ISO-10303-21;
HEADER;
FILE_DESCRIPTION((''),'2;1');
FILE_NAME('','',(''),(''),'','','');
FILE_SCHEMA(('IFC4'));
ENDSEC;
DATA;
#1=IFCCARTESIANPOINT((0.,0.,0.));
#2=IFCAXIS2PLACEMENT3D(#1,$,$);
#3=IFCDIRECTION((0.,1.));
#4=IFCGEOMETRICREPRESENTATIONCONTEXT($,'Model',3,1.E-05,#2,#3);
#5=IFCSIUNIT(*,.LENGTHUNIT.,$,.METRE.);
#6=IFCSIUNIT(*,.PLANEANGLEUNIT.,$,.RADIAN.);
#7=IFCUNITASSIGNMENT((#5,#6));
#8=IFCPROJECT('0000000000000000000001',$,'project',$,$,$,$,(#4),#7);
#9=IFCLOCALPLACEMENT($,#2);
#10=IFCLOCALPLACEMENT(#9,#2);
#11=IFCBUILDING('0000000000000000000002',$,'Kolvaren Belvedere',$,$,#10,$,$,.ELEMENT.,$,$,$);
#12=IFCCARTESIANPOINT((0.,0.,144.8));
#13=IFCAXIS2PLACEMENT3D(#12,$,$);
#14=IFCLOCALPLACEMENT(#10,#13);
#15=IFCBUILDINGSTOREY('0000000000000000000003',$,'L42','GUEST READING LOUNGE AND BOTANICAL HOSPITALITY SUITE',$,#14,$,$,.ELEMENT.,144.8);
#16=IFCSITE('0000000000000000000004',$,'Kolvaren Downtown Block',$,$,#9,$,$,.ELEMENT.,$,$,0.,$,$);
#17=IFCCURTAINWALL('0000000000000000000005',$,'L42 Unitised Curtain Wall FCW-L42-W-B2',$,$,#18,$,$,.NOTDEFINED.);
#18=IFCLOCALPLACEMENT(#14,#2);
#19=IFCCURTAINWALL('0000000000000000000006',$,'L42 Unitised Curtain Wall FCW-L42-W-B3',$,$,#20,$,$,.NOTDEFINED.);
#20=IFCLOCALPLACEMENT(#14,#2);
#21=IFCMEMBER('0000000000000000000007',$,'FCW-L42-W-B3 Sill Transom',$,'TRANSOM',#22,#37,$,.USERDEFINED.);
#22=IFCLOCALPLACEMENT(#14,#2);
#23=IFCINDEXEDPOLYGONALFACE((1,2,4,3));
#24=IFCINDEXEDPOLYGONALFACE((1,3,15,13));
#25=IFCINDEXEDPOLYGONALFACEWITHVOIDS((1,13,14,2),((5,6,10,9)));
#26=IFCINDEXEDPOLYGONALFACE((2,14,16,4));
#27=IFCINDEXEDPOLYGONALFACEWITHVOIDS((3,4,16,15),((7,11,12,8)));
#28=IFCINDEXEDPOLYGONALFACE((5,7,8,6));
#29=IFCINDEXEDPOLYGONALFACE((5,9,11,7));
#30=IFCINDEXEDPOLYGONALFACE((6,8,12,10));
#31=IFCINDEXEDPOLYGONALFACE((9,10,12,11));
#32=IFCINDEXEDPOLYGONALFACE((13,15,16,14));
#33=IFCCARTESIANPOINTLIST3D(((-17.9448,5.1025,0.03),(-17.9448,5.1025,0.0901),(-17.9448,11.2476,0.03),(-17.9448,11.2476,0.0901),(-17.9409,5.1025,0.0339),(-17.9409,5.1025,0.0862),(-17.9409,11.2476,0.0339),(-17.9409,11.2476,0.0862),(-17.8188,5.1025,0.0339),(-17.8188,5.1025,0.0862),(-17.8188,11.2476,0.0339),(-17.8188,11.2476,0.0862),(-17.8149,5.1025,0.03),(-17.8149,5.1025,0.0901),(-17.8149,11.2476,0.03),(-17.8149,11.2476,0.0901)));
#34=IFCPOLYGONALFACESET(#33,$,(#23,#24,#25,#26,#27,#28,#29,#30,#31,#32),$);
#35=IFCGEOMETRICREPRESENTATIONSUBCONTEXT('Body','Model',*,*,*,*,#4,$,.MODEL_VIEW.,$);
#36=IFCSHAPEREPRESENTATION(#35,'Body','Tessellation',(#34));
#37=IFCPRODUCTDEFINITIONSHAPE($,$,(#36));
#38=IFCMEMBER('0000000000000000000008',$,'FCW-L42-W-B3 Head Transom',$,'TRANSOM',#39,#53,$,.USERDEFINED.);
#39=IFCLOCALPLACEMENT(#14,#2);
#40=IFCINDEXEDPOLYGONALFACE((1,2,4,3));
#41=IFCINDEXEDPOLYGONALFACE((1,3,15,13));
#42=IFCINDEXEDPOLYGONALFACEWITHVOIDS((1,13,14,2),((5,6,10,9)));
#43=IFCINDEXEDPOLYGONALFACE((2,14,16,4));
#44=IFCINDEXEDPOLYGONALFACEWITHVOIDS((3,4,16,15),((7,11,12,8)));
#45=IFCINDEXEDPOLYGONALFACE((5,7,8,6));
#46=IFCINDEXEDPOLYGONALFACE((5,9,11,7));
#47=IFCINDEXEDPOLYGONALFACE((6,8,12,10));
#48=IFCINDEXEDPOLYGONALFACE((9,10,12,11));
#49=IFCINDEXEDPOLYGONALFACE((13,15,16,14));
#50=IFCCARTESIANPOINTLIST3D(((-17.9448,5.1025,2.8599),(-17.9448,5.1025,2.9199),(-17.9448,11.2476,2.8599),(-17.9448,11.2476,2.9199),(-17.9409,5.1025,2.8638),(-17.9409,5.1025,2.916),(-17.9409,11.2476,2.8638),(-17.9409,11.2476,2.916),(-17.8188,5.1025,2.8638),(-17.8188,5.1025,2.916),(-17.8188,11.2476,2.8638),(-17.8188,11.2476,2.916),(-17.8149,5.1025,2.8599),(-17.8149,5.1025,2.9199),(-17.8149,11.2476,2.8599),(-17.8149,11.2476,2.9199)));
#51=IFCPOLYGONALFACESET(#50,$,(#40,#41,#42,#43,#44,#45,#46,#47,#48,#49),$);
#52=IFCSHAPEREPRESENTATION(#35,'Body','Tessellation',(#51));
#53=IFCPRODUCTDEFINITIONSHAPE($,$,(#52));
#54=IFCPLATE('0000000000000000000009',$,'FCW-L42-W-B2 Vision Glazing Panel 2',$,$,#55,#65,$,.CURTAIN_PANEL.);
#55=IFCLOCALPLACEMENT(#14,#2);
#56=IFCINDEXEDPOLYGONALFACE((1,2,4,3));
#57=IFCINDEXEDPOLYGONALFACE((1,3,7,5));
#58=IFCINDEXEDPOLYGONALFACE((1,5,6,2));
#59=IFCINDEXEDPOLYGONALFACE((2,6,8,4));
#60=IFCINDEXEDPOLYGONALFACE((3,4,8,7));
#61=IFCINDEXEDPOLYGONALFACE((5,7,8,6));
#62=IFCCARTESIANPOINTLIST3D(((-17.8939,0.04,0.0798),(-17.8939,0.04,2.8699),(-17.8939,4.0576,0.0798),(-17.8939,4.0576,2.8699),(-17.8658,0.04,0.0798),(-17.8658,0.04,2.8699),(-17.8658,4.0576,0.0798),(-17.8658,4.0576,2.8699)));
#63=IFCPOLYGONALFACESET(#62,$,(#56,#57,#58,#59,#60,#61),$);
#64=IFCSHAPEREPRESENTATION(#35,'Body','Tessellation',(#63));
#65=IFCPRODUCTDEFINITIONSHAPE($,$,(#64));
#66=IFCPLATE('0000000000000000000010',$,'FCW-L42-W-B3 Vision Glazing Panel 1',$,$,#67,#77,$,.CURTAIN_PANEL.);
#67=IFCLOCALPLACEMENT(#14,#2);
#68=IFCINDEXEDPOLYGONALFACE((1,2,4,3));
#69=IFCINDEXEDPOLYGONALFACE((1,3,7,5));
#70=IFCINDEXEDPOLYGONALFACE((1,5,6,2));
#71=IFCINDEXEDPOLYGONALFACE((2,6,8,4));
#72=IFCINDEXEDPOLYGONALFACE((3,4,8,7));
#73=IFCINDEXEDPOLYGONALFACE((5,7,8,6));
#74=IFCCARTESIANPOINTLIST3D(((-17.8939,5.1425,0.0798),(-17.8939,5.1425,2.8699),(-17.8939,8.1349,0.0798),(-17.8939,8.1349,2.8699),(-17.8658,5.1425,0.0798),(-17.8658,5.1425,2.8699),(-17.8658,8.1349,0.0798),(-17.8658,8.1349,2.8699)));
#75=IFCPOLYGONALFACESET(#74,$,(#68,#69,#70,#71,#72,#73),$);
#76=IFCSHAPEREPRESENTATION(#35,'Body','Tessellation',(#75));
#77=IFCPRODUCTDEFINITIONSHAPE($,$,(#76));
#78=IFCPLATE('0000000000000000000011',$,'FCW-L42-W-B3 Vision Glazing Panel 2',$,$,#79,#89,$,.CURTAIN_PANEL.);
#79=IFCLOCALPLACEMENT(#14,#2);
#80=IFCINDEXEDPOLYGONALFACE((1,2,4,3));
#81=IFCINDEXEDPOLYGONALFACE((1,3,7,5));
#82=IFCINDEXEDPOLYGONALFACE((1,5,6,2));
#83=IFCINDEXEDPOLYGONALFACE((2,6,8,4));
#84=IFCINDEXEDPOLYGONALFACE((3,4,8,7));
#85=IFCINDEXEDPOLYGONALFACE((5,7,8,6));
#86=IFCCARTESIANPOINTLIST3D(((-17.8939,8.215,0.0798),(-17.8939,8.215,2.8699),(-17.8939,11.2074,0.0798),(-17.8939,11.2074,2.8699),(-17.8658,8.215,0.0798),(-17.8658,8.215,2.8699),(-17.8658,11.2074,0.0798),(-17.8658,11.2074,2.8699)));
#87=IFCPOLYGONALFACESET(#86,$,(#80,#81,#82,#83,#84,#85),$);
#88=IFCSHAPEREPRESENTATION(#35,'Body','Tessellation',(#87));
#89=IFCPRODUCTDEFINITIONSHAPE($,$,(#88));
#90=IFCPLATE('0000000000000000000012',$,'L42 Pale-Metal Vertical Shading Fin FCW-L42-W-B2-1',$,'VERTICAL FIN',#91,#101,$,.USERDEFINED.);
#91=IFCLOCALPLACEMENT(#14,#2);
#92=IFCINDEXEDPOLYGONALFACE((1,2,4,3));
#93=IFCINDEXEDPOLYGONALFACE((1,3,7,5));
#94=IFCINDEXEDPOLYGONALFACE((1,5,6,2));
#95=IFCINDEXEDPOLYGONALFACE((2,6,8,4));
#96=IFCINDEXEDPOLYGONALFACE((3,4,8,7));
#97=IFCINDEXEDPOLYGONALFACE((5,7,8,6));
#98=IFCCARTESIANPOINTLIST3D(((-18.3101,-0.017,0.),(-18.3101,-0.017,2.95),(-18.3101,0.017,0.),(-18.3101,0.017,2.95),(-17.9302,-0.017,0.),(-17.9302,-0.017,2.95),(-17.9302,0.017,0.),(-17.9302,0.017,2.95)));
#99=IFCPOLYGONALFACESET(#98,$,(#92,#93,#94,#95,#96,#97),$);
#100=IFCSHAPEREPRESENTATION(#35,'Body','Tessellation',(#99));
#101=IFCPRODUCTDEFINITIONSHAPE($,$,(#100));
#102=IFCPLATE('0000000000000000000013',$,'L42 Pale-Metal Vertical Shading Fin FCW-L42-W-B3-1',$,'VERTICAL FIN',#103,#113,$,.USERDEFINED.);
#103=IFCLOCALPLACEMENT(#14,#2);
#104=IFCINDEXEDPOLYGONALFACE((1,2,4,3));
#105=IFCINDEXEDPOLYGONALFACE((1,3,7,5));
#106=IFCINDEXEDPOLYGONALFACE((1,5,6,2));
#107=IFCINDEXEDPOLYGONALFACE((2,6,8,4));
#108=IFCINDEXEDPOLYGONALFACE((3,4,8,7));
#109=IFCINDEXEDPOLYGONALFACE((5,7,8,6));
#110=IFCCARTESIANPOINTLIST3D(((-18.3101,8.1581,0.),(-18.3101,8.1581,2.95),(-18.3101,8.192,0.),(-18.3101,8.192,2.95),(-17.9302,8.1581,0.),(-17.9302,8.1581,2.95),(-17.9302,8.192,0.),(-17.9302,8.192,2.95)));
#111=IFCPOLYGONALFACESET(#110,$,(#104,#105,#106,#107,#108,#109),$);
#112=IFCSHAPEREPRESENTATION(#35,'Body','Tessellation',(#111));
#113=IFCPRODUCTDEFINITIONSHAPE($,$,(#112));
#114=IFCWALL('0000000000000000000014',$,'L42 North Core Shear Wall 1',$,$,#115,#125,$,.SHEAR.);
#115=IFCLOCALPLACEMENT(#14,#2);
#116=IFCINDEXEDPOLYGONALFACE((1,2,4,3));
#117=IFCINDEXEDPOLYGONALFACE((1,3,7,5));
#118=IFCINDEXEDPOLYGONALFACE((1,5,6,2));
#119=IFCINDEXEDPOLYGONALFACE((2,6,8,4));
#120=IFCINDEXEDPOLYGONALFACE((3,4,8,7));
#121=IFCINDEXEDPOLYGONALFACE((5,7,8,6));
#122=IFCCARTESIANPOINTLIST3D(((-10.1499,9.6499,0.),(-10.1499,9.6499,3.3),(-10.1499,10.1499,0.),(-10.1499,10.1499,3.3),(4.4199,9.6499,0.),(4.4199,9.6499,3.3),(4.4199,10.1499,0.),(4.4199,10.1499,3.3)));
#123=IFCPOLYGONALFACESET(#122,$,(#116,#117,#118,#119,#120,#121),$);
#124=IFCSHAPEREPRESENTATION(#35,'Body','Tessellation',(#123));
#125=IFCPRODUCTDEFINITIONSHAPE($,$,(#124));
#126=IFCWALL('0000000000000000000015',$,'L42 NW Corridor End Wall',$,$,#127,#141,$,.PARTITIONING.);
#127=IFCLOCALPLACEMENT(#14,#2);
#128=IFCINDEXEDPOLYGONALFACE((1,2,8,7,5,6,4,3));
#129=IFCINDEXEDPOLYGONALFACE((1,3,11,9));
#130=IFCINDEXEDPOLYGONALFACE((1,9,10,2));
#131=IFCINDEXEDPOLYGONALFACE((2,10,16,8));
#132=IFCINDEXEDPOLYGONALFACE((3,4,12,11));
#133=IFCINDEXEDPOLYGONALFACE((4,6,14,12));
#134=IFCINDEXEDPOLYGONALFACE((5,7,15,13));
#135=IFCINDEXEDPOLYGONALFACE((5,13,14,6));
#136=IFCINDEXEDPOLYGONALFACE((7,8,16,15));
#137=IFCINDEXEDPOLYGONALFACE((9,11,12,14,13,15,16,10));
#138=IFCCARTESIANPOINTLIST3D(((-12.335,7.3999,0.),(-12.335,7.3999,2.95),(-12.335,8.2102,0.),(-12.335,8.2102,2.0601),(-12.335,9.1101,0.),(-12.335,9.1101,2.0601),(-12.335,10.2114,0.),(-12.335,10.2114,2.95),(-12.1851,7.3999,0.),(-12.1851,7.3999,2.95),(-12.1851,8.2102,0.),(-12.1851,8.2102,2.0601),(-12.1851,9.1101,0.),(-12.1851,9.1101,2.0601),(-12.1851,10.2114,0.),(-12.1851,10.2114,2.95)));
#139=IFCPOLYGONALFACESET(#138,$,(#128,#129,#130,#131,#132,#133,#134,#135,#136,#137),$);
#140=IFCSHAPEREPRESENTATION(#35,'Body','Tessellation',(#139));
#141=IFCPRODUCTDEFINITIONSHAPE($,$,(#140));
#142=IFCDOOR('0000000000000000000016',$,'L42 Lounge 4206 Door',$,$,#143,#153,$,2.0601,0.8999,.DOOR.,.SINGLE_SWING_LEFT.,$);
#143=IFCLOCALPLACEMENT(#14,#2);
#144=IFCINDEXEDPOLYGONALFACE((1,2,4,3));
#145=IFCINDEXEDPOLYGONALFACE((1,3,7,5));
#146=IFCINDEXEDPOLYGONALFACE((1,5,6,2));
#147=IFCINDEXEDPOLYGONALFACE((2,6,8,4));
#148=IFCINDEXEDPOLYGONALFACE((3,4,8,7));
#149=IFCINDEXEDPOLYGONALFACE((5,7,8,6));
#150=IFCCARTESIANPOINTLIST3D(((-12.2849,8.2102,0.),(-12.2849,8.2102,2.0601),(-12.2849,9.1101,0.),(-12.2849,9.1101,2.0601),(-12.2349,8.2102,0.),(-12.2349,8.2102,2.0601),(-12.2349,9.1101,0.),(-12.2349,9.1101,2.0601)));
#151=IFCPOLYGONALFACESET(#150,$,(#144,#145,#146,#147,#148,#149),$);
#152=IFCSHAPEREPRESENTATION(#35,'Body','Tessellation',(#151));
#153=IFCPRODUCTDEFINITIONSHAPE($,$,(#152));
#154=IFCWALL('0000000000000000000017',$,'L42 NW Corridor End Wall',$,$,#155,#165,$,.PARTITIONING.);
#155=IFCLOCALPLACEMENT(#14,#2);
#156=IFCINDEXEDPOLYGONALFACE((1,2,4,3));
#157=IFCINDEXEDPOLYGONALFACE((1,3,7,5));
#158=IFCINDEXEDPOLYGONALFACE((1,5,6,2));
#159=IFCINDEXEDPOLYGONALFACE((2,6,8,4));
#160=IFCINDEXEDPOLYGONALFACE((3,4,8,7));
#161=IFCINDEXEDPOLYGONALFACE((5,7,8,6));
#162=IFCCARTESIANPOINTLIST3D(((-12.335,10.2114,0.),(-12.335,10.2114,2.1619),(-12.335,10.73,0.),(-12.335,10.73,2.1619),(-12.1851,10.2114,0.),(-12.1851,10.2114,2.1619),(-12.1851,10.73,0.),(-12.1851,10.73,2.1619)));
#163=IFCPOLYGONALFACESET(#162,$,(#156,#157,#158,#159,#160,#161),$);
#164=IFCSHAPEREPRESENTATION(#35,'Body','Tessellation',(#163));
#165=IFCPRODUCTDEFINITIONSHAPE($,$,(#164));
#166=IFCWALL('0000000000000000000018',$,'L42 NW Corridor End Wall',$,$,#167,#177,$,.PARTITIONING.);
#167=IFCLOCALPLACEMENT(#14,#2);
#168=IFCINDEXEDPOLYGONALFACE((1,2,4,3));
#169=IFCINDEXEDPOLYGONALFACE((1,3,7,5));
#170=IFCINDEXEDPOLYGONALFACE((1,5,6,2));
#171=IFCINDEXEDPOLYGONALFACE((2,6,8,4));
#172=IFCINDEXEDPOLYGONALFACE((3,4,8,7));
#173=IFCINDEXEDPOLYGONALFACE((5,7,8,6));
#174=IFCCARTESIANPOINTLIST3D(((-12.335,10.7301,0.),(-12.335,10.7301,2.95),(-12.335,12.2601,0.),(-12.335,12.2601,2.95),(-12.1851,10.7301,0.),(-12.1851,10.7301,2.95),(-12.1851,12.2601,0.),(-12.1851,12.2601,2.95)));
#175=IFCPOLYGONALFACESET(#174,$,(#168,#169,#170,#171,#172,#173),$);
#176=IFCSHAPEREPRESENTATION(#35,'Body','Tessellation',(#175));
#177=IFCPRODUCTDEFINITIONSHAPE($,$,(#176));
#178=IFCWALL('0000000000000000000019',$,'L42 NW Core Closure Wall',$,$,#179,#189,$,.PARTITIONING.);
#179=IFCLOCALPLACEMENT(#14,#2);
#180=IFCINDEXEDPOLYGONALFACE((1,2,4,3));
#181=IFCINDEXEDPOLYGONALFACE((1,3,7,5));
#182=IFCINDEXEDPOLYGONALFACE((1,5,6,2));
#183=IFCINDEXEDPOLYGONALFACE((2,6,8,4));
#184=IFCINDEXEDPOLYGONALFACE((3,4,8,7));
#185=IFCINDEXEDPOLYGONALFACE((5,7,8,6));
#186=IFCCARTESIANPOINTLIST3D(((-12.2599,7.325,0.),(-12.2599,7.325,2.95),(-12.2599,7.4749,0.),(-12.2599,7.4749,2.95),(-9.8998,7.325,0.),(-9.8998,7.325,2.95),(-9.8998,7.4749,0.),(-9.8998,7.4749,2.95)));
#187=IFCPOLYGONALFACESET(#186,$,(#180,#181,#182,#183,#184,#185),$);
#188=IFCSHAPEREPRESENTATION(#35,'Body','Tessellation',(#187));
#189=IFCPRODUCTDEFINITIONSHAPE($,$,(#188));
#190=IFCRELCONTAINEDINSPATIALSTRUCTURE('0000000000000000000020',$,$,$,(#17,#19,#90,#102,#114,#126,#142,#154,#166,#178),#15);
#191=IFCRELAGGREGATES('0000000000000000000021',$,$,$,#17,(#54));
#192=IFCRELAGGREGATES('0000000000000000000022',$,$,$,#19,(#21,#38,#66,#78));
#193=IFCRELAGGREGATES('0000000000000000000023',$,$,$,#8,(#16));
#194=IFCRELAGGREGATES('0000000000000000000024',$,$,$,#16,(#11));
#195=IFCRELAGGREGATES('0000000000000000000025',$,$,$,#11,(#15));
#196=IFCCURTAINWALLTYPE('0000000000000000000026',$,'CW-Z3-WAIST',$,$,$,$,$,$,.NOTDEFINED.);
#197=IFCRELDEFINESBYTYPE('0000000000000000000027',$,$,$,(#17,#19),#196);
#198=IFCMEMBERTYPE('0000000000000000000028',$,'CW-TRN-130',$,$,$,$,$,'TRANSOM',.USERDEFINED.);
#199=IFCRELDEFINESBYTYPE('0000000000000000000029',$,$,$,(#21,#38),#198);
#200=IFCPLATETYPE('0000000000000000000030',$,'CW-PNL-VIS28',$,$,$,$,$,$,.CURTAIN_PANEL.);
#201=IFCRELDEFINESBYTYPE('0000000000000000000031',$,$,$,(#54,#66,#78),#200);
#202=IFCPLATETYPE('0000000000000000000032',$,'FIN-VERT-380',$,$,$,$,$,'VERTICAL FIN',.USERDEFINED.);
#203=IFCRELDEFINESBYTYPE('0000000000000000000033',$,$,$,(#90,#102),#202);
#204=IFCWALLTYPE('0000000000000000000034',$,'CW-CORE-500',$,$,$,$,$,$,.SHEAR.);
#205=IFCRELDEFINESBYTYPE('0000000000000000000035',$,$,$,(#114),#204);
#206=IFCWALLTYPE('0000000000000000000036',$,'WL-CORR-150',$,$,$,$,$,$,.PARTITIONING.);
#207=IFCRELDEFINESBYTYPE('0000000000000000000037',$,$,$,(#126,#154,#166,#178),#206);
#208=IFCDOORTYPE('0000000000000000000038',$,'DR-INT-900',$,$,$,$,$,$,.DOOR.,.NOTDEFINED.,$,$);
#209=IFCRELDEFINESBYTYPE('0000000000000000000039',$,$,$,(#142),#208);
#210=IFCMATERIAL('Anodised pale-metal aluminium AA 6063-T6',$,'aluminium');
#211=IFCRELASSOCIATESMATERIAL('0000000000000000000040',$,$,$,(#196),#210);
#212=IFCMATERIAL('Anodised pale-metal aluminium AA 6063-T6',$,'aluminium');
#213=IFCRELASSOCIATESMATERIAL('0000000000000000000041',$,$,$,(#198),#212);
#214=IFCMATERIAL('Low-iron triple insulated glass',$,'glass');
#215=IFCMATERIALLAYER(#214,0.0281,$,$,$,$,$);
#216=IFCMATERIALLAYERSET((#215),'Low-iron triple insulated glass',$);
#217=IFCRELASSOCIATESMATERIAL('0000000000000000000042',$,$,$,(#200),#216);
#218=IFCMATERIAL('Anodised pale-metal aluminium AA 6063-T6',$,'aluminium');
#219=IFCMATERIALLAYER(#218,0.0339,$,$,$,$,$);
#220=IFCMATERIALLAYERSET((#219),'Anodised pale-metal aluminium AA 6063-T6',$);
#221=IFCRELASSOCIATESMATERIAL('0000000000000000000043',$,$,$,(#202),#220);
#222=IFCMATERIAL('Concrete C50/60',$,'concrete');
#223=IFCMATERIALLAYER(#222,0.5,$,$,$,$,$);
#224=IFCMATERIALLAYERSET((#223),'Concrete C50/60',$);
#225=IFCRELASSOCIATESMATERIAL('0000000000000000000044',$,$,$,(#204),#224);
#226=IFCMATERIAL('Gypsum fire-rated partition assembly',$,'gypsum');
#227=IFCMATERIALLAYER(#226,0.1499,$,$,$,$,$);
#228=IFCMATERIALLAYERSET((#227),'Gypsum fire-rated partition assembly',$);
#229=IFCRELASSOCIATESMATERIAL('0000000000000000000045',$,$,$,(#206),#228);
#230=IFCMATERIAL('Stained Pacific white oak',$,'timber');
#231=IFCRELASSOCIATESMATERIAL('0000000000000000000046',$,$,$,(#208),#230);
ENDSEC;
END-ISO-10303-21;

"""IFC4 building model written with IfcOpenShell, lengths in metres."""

from ifc_helpers import new_model, si_unit, direction, frame, frame_2d, origin, origin_2d, place, context, subcontext, project, spatial, rectangle, hollow_rectangle, extrude, material, layer, layer_set, material_profile, profile_set, type_object, element, fill, aggregate, save


model = new_model("IFC4")

# Units and contexts
model_context = context("Model", 3, precision=1e-05, world=origin(), true_north=direction((0.0, 1.0)))
body_context = subcontext(model_context, "Body", "Model", "MODEL_VIEW")
ifc_project = project(units=[si_unit("LENGTHUNIT", "METRE"), si_unit("PLANEANGLEUNIT", "RADIAN")], contexts=[model_context])

# Site, building, storey
site_placement = place(None, origin())
site = spatial("IfcSite", under=ifc_project, at=site_placement, Name="Kolvaren Downtown Block", CompositionType="ELEMENT", RefElevation=0.0)
building_placement = place(site_placement, origin())
building = spatial("IfcBuilding", under=site, at=building_placement, Name="Kolvaren Belvedere", CompositionType="ELEMENT")
storey_placement = place(building_placement, frame((0.0, 0.0, 144.8)))
storey = spatial("IfcBuildingStorey", under=building, at=storey_placement, Name="L42", Description="GUEST READING LOUNGE AND BOTANICAL HOSPITALITY SUITE", CompositionType="ELEMENT", Elevation=144.8)

# Curtain walls, members
ifc_material_1 = material(Name="Anodised pale-metal aluminium AA 6063-T6", Category="aluminium")
curtain_wall_type = type_object("IfcCurtainWallType", Name="CW-Z3-WAIST", PredefinedType="NOTDEFINED", material=ifc_material_1)
curtain_wall_1_placement = place(storey_placement, origin())
curtain_wall_1 = element("IfcCurtainWall", 1, at=curtain_wall_1_placement, inside=storey, type_object=curtain_wall_type, Name="L42 Unitised Curtain Wall FCW-L42-W-B2", PredefinedType="NOTDEFINED")
curtain_wall_2_placement = place(storey_placement, origin())
curtain_wall_2 = element("IfcCurtainWall", 2, at=curtain_wall_2_placement, inside=storey, type_object=curtain_wall_type, Name="L42 Unitised Curtain Wall FCW-L42-W-B3", PredefinedType="NOTDEFINED")
ifc_material_2 = material(Name="Anodised pale-metal aluminium AA 6063-T6", Category="aluminium")
ifc_material_profile_1 = material_profile(ifc_material_2, hollow_rectangle(XDim=0.0601, YDim=0.1299, WallThickness=0.0039, at=origin_2d()), Name="ALU-TRN-130X60")
ifc_profile_set_1 = profile_set([ifc_material_profile_1], Name="Anodised pale-metal aluminium AA 6063-T6")
member_type_1 = type_object("IfcMemberType", Name="CW-TRN-130", ElementType="TRANSOM", PredefinedType="USERDEFINED", material=ifc_profile_set_1)
member_1_placement = place(storey_placement, frame((-17.8799, 5.1025, 0.0601), z_axis=(0.0, 1.0, 0.0), x_axis=(0.0, 0.0, 1.0)))
member_1 = element("IfcMember", 3, at=member_1_placement, type_object=member_type_1, Name="FCW-L42-W-B3 Sill Transom", ObjectType="TRANSOM", PredefinedType="USERDEFINED", context=body_context, shape_type="SweptSolid", body=[
    extrude(hollow_rectangle(XDim=0.0601, YDim=0.1299, WallThickness=0.0039, at=origin_2d()), origin(), (0.0, 0.0, 1.0), 6.145),
])
member_2_placement = place(storey_placement, frame((-17.8799, 5.1025, 2.8899), z_axis=(0.0, 1.0, 0.0), x_axis=(0.0, 0.0, 1.0)))
member_2 = element("IfcMember", 4, at=member_2_placement, type_object=member_type_1, Name="FCW-L42-W-B3 Head Transom", ObjectType="TRANSOM", PredefinedType="USERDEFINED", context=body_context, shape_type="SweptSolid", body=[
    extrude(hollow_rectangle(XDim=0.0601, YDim=0.1299, WallThickness=0.0039, at=origin_2d()), origin(), (0.0, 0.0, 1.0), 6.145),
])

# Plates
ifc_material_3 = material(Name="Low-iron triple insulated glass", Category="glass")
ifc_layer_1 = layer(ifc_material_3, 0.0281)
ifc_layer_set_1 = layer_set([ifc_layer_1], Name="Low-iron triple insulated glass")
plate_type_1 = type_object("IfcPlateType", Name="CW-PNL-VIS28", PredefinedType="CURTAIN_PANEL", material=ifc_layer_set_1)
plate_1_placement = place(storey_placement, frame((-17.8799, 2.0488, 0.0798), z_axis=(0.0, 0.0, 1.0), x_axis=(0.0, 1.0, 0.0)))
plate_1 = element("IfcPlate", 5, at=plate_1_placement, type_object=plate_type_1, Name="FCW-L42-W-B2 Vision Glazing Panel 2", PredefinedType="CURTAIN_PANEL", context=body_context, shape_type="SweptSolid", body=[
    extrude(rectangle(XDim=4.0176, YDim=0.0281, at=origin_2d()), origin(), (0.0, 0.0, 1.0), 2.79),
])
aggregate(curtain_wall_1, [plate_1])
plate_2_placement = place(storey_placement, frame((-17.8799, 6.6387, 0.0798), z_axis=(0.0, 0.0, 1.0), x_axis=(0.0, 1.0, 0.0)))
plate_2 = element("IfcPlate", 6, at=plate_2_placement, type_object=plate_type_1, Name="FCW-L42-W-B3 Vision Glazing Panel 1", PredefinedType="CURTAIN_PANEL", context=body_context, shape_type="SweptSolid", body=[
    extrude(rectangle(XDim=2.9924, YDim=0.0281, at=origin_2d()), origin(), (0.0, 0.0, 1.0), 2.79),
])
plate_3_placement = place(storey_placement, frame((-17.8799, 9.7112, 0.0798), z_axis=(0.0, 0.0, 1.0), x_axis=(0.0, 1.0, 0.0)))
plate_3 = element("IfcPlate", 7, at=plate_3_placement, type_object=plate_type_1, Name="FCW-L42-W-B3 Vision Glazing Panel 2", PredefinedType="CURTAIN_PANEL", context=body_context, shape_type="SweptSolid", body=[
    extrude(rectangle(XDim=2.9924, YDim=0.0281, at=origin_2d()), origin(), (0.0, 0.0, 1.0), 2.79),
])
aggregate(curtain_wall_2, [member_1, member_2, plate_2, plate_3])

# Plates
ifc_material_4 = material(Name="Anodised pale-metal aluminium AA 6063-T6", Category="aluminium")
ifc_layer_2 = layer(ifc_material_4, 0.0339)
ifc_layer_set_2 = layer_set([ifc_layer_2], Name="Anodised pale-metal aluminium AA 6063-T6")
plate_type_2 = type_object("IfcPlateType", Name="FIN-VERT-380", ElementType="VERTICAL FIN", PredefinedType="USERDEFINED", material=ifc_layer_set_2)
for number, where, z_axis, x_axis, name in (
    (8, (-18.1201, 0.0, 0.0), (0.0, 0.0, 1.0), (1.0, 0.0, 0.0), "L42 Pale-Metal Vertical Shading Fin FCW-L42-W-B2-1"),
    (9, (-18.1201, 8.175, 0.0), (0.0, 0.0, 1.0), (1.0, 0.0, 0.0), "L42 Pale-Metal Vertical Shading Fin FCW-L42-W-B3-1"),
):
    element("IfcPlate", number, at=place(storey_placement, frame(where, z_axis=z_axis, x_axis=x_axis)), inside=storey, type_object=plate_type_2, Name=name, ObjectType="VERTICAL FIN", PredefinedType="USERDEFINED", context=body_context, shape_type="SweptSolid", body=[
        extrude(rectangle(XDim=0.3799, YDim=0.0339, at=origin_2d()), origin(), (0.0, 0.0, 1.0), 2.95),
    ])

# Wall
ifc_material_5 = material(Name="Concrete C50/60", Category="concrete")
ifc_layer_3 = layer(ifc_material_5, 0.5)
ifc_layer_set_3 = layer_set([ifc_layer_3], Name="Concrete C50/60")
wall_type_1 = type_object("IfcWallType", Name="CW-CORE-500", PredefinedType="SHEAR", material=ifc_layer_set_3)
wall_1_placement = place(storey_placement, frame((-10.1499, 9.8999, 0.0), z_axis=(0.0, 0.0, 1.0), x_axis=(1.0, 0.0, 0.0)))
element("IfcWall", 10, at=wall_1_placement, inside=storey, type_object=wall_type_1, Name="L42 North Core Shear Wall 1", PredefinedType="SHEAR", context=body_context, shape_type="SweptSolid", body=[
    extrude(rectangle(XDim=14.5698, YDim=0.5, at=frame_2d((7.2849, 0.0))), origin(), (0.0, 0.0, 1.0), 3.3),
])

# Wall, opening, door
ifc_material_6 = material(Name="Gypsum fire-rated partition assembly", Category="gypsum")
ifc_layer_4 = layer(ifc_material_6, 0.1499)
ifc_layer_set_4 = layer_set([ifc_layer_4], Name="Gypsum fire-rated partition assembly")
wall_type_2 = type_object("IfcWallType", Name="WL-CORR-150", PredefinedType="PARTITIONING", material=ifc_layer_set_4)
wall_2_placement = place(storey_placement, frame((-12.26, 7.3999, 0.0), z_axis=(0.0, 0.0, 1.0), x_axis=(0.0, 1.0, 0.0)))
wall_2 = element("IfcWall", 11, at=wall_2_placement, inside=storey, type_object=wall_type_2, Name="L42 NW Corridor End Wall", PredefinedType="PARTITIONING", context=body_context, shape_type="SweptSolid", body=[
    extrude(rectangle(XDim=2.8115, YDim=0.1499, at=frame_2d((1.4058, 0.0))), origin(), (0.0, 0.0, 1.0), 2.95),
])
opening_placement = place(wall_2_placement, frame((0.8103, 0.0, 0.0)))
opening = element("IfcOpeningElement", 12, at=opening_placement, cuts=wall_2, PredefinedType="OPENING", context=body_context, shape_type="SweptSolid", body=[
    extrude(rectangle(XDim=0.8999, YDim=2.0601, at=frame_2d((0.45, 1.03))), frame((0.0, 0.085, 0.0), z_axis=(0.0, -1.0, 0.0), x_axis=(1.0, 0.0, 0.0)), (0.0, 0.0, 1.0), 0.1699),
])
ifc_material_7 = material(Name="Stained Pacific white oak", Category="timber")
door_type = type_object("IfcDoorType", Name="DR-INT-900", OperationType="NOTDEFINED", PredefinedType="DOOR", material=ifc_material_7)
door_placement = place(opening_placement, origin())
door = element("IfcDoor", 13, at=door_placement, inside=storey, type_object=door_type, Name="L42 Lounge 4206 Door", OperationType="SINGLE_SWING_LEFT", OverallHeight=2.0601, OverallWidth=0.8999, PredefinedType="DOOR", context=body_context, shape_type="SweptSolid", body=[
    extrude(rectangle(XDim=0.8999, YDim=2.0601, at=frame_2d((0.45, 1.03))), frame((0.0, 0.0249, 0.0), z_axis=(0.0, -1.0, 0.0), x_axis=(1.0, 0.0, 0.0)), (0.0, 0.0, 1.0), 0.05),
])
fill(opening, door)

# Walls
wall_3_placement = place(storey_placement, frame((-12.26, 10.2114, 0.0), z_axis=(0.0, 0.0, 1.0), x_axis=(0.0, 1.0, 0.0)))
element("IfcWall", 14, at=wall_3_placement, inside=storey, type_object=wall_type_2, Name="L42 NW Corridor End Wall", PredefinedType="PARTITIONING", context=body_context, shape_type="SweptSolid", body=[
    extrude(rectangle(XDim=0.5186, YDim=0.1499, at=frame_2d((0.2593, 0.0))), origin(), (0.0, 0.0, 1.0), 2.1619),
])
wall_4_placement = place(storey_placement, frame((-12.26, 10.73, 0.0), z_axis=(0.0, 0.0, 1.0), x_axis=(0.0, 1.0, 0.0)))
element("IfcWall", 15, at=wall_4_placement, inside=storey, type_object=wall_type_2, Name="L42 NW Corridor End Wall", PredefinedType="PARTITIONING", context=body_context, shape_type="SweptSolid", body=[
    extrude(rectangle(XDim=1.53, YDim=0.1499, at=frame_2d((0.7651, 0.0))), origin(), (0.0, 0.0, 1.0), 2.95),
])
wall_5_placement = place(storey_placement, frame((-12.26, 7.3999, 0.0), z_axis=(0.0, 0.0, 1.0), x_axis=(1.0, 0.0, 0.0)))
element("IfcWall", 16, at=wall_5_placement, inside=storey, type_object=wall_type_2, Name="L42 NW Core Closure Wall", PredefinedType="PARTITIONING", context=body_context, shape_type="SweptSolid", body=[
    extrude(rectangle(XDim=2.3601, YDim=0.1499, at=frame_2d((1.1802, 0.0))), origin(), (0.0, 0.0, 1.0), 2.95),
])

save(model, "model.ifc")
